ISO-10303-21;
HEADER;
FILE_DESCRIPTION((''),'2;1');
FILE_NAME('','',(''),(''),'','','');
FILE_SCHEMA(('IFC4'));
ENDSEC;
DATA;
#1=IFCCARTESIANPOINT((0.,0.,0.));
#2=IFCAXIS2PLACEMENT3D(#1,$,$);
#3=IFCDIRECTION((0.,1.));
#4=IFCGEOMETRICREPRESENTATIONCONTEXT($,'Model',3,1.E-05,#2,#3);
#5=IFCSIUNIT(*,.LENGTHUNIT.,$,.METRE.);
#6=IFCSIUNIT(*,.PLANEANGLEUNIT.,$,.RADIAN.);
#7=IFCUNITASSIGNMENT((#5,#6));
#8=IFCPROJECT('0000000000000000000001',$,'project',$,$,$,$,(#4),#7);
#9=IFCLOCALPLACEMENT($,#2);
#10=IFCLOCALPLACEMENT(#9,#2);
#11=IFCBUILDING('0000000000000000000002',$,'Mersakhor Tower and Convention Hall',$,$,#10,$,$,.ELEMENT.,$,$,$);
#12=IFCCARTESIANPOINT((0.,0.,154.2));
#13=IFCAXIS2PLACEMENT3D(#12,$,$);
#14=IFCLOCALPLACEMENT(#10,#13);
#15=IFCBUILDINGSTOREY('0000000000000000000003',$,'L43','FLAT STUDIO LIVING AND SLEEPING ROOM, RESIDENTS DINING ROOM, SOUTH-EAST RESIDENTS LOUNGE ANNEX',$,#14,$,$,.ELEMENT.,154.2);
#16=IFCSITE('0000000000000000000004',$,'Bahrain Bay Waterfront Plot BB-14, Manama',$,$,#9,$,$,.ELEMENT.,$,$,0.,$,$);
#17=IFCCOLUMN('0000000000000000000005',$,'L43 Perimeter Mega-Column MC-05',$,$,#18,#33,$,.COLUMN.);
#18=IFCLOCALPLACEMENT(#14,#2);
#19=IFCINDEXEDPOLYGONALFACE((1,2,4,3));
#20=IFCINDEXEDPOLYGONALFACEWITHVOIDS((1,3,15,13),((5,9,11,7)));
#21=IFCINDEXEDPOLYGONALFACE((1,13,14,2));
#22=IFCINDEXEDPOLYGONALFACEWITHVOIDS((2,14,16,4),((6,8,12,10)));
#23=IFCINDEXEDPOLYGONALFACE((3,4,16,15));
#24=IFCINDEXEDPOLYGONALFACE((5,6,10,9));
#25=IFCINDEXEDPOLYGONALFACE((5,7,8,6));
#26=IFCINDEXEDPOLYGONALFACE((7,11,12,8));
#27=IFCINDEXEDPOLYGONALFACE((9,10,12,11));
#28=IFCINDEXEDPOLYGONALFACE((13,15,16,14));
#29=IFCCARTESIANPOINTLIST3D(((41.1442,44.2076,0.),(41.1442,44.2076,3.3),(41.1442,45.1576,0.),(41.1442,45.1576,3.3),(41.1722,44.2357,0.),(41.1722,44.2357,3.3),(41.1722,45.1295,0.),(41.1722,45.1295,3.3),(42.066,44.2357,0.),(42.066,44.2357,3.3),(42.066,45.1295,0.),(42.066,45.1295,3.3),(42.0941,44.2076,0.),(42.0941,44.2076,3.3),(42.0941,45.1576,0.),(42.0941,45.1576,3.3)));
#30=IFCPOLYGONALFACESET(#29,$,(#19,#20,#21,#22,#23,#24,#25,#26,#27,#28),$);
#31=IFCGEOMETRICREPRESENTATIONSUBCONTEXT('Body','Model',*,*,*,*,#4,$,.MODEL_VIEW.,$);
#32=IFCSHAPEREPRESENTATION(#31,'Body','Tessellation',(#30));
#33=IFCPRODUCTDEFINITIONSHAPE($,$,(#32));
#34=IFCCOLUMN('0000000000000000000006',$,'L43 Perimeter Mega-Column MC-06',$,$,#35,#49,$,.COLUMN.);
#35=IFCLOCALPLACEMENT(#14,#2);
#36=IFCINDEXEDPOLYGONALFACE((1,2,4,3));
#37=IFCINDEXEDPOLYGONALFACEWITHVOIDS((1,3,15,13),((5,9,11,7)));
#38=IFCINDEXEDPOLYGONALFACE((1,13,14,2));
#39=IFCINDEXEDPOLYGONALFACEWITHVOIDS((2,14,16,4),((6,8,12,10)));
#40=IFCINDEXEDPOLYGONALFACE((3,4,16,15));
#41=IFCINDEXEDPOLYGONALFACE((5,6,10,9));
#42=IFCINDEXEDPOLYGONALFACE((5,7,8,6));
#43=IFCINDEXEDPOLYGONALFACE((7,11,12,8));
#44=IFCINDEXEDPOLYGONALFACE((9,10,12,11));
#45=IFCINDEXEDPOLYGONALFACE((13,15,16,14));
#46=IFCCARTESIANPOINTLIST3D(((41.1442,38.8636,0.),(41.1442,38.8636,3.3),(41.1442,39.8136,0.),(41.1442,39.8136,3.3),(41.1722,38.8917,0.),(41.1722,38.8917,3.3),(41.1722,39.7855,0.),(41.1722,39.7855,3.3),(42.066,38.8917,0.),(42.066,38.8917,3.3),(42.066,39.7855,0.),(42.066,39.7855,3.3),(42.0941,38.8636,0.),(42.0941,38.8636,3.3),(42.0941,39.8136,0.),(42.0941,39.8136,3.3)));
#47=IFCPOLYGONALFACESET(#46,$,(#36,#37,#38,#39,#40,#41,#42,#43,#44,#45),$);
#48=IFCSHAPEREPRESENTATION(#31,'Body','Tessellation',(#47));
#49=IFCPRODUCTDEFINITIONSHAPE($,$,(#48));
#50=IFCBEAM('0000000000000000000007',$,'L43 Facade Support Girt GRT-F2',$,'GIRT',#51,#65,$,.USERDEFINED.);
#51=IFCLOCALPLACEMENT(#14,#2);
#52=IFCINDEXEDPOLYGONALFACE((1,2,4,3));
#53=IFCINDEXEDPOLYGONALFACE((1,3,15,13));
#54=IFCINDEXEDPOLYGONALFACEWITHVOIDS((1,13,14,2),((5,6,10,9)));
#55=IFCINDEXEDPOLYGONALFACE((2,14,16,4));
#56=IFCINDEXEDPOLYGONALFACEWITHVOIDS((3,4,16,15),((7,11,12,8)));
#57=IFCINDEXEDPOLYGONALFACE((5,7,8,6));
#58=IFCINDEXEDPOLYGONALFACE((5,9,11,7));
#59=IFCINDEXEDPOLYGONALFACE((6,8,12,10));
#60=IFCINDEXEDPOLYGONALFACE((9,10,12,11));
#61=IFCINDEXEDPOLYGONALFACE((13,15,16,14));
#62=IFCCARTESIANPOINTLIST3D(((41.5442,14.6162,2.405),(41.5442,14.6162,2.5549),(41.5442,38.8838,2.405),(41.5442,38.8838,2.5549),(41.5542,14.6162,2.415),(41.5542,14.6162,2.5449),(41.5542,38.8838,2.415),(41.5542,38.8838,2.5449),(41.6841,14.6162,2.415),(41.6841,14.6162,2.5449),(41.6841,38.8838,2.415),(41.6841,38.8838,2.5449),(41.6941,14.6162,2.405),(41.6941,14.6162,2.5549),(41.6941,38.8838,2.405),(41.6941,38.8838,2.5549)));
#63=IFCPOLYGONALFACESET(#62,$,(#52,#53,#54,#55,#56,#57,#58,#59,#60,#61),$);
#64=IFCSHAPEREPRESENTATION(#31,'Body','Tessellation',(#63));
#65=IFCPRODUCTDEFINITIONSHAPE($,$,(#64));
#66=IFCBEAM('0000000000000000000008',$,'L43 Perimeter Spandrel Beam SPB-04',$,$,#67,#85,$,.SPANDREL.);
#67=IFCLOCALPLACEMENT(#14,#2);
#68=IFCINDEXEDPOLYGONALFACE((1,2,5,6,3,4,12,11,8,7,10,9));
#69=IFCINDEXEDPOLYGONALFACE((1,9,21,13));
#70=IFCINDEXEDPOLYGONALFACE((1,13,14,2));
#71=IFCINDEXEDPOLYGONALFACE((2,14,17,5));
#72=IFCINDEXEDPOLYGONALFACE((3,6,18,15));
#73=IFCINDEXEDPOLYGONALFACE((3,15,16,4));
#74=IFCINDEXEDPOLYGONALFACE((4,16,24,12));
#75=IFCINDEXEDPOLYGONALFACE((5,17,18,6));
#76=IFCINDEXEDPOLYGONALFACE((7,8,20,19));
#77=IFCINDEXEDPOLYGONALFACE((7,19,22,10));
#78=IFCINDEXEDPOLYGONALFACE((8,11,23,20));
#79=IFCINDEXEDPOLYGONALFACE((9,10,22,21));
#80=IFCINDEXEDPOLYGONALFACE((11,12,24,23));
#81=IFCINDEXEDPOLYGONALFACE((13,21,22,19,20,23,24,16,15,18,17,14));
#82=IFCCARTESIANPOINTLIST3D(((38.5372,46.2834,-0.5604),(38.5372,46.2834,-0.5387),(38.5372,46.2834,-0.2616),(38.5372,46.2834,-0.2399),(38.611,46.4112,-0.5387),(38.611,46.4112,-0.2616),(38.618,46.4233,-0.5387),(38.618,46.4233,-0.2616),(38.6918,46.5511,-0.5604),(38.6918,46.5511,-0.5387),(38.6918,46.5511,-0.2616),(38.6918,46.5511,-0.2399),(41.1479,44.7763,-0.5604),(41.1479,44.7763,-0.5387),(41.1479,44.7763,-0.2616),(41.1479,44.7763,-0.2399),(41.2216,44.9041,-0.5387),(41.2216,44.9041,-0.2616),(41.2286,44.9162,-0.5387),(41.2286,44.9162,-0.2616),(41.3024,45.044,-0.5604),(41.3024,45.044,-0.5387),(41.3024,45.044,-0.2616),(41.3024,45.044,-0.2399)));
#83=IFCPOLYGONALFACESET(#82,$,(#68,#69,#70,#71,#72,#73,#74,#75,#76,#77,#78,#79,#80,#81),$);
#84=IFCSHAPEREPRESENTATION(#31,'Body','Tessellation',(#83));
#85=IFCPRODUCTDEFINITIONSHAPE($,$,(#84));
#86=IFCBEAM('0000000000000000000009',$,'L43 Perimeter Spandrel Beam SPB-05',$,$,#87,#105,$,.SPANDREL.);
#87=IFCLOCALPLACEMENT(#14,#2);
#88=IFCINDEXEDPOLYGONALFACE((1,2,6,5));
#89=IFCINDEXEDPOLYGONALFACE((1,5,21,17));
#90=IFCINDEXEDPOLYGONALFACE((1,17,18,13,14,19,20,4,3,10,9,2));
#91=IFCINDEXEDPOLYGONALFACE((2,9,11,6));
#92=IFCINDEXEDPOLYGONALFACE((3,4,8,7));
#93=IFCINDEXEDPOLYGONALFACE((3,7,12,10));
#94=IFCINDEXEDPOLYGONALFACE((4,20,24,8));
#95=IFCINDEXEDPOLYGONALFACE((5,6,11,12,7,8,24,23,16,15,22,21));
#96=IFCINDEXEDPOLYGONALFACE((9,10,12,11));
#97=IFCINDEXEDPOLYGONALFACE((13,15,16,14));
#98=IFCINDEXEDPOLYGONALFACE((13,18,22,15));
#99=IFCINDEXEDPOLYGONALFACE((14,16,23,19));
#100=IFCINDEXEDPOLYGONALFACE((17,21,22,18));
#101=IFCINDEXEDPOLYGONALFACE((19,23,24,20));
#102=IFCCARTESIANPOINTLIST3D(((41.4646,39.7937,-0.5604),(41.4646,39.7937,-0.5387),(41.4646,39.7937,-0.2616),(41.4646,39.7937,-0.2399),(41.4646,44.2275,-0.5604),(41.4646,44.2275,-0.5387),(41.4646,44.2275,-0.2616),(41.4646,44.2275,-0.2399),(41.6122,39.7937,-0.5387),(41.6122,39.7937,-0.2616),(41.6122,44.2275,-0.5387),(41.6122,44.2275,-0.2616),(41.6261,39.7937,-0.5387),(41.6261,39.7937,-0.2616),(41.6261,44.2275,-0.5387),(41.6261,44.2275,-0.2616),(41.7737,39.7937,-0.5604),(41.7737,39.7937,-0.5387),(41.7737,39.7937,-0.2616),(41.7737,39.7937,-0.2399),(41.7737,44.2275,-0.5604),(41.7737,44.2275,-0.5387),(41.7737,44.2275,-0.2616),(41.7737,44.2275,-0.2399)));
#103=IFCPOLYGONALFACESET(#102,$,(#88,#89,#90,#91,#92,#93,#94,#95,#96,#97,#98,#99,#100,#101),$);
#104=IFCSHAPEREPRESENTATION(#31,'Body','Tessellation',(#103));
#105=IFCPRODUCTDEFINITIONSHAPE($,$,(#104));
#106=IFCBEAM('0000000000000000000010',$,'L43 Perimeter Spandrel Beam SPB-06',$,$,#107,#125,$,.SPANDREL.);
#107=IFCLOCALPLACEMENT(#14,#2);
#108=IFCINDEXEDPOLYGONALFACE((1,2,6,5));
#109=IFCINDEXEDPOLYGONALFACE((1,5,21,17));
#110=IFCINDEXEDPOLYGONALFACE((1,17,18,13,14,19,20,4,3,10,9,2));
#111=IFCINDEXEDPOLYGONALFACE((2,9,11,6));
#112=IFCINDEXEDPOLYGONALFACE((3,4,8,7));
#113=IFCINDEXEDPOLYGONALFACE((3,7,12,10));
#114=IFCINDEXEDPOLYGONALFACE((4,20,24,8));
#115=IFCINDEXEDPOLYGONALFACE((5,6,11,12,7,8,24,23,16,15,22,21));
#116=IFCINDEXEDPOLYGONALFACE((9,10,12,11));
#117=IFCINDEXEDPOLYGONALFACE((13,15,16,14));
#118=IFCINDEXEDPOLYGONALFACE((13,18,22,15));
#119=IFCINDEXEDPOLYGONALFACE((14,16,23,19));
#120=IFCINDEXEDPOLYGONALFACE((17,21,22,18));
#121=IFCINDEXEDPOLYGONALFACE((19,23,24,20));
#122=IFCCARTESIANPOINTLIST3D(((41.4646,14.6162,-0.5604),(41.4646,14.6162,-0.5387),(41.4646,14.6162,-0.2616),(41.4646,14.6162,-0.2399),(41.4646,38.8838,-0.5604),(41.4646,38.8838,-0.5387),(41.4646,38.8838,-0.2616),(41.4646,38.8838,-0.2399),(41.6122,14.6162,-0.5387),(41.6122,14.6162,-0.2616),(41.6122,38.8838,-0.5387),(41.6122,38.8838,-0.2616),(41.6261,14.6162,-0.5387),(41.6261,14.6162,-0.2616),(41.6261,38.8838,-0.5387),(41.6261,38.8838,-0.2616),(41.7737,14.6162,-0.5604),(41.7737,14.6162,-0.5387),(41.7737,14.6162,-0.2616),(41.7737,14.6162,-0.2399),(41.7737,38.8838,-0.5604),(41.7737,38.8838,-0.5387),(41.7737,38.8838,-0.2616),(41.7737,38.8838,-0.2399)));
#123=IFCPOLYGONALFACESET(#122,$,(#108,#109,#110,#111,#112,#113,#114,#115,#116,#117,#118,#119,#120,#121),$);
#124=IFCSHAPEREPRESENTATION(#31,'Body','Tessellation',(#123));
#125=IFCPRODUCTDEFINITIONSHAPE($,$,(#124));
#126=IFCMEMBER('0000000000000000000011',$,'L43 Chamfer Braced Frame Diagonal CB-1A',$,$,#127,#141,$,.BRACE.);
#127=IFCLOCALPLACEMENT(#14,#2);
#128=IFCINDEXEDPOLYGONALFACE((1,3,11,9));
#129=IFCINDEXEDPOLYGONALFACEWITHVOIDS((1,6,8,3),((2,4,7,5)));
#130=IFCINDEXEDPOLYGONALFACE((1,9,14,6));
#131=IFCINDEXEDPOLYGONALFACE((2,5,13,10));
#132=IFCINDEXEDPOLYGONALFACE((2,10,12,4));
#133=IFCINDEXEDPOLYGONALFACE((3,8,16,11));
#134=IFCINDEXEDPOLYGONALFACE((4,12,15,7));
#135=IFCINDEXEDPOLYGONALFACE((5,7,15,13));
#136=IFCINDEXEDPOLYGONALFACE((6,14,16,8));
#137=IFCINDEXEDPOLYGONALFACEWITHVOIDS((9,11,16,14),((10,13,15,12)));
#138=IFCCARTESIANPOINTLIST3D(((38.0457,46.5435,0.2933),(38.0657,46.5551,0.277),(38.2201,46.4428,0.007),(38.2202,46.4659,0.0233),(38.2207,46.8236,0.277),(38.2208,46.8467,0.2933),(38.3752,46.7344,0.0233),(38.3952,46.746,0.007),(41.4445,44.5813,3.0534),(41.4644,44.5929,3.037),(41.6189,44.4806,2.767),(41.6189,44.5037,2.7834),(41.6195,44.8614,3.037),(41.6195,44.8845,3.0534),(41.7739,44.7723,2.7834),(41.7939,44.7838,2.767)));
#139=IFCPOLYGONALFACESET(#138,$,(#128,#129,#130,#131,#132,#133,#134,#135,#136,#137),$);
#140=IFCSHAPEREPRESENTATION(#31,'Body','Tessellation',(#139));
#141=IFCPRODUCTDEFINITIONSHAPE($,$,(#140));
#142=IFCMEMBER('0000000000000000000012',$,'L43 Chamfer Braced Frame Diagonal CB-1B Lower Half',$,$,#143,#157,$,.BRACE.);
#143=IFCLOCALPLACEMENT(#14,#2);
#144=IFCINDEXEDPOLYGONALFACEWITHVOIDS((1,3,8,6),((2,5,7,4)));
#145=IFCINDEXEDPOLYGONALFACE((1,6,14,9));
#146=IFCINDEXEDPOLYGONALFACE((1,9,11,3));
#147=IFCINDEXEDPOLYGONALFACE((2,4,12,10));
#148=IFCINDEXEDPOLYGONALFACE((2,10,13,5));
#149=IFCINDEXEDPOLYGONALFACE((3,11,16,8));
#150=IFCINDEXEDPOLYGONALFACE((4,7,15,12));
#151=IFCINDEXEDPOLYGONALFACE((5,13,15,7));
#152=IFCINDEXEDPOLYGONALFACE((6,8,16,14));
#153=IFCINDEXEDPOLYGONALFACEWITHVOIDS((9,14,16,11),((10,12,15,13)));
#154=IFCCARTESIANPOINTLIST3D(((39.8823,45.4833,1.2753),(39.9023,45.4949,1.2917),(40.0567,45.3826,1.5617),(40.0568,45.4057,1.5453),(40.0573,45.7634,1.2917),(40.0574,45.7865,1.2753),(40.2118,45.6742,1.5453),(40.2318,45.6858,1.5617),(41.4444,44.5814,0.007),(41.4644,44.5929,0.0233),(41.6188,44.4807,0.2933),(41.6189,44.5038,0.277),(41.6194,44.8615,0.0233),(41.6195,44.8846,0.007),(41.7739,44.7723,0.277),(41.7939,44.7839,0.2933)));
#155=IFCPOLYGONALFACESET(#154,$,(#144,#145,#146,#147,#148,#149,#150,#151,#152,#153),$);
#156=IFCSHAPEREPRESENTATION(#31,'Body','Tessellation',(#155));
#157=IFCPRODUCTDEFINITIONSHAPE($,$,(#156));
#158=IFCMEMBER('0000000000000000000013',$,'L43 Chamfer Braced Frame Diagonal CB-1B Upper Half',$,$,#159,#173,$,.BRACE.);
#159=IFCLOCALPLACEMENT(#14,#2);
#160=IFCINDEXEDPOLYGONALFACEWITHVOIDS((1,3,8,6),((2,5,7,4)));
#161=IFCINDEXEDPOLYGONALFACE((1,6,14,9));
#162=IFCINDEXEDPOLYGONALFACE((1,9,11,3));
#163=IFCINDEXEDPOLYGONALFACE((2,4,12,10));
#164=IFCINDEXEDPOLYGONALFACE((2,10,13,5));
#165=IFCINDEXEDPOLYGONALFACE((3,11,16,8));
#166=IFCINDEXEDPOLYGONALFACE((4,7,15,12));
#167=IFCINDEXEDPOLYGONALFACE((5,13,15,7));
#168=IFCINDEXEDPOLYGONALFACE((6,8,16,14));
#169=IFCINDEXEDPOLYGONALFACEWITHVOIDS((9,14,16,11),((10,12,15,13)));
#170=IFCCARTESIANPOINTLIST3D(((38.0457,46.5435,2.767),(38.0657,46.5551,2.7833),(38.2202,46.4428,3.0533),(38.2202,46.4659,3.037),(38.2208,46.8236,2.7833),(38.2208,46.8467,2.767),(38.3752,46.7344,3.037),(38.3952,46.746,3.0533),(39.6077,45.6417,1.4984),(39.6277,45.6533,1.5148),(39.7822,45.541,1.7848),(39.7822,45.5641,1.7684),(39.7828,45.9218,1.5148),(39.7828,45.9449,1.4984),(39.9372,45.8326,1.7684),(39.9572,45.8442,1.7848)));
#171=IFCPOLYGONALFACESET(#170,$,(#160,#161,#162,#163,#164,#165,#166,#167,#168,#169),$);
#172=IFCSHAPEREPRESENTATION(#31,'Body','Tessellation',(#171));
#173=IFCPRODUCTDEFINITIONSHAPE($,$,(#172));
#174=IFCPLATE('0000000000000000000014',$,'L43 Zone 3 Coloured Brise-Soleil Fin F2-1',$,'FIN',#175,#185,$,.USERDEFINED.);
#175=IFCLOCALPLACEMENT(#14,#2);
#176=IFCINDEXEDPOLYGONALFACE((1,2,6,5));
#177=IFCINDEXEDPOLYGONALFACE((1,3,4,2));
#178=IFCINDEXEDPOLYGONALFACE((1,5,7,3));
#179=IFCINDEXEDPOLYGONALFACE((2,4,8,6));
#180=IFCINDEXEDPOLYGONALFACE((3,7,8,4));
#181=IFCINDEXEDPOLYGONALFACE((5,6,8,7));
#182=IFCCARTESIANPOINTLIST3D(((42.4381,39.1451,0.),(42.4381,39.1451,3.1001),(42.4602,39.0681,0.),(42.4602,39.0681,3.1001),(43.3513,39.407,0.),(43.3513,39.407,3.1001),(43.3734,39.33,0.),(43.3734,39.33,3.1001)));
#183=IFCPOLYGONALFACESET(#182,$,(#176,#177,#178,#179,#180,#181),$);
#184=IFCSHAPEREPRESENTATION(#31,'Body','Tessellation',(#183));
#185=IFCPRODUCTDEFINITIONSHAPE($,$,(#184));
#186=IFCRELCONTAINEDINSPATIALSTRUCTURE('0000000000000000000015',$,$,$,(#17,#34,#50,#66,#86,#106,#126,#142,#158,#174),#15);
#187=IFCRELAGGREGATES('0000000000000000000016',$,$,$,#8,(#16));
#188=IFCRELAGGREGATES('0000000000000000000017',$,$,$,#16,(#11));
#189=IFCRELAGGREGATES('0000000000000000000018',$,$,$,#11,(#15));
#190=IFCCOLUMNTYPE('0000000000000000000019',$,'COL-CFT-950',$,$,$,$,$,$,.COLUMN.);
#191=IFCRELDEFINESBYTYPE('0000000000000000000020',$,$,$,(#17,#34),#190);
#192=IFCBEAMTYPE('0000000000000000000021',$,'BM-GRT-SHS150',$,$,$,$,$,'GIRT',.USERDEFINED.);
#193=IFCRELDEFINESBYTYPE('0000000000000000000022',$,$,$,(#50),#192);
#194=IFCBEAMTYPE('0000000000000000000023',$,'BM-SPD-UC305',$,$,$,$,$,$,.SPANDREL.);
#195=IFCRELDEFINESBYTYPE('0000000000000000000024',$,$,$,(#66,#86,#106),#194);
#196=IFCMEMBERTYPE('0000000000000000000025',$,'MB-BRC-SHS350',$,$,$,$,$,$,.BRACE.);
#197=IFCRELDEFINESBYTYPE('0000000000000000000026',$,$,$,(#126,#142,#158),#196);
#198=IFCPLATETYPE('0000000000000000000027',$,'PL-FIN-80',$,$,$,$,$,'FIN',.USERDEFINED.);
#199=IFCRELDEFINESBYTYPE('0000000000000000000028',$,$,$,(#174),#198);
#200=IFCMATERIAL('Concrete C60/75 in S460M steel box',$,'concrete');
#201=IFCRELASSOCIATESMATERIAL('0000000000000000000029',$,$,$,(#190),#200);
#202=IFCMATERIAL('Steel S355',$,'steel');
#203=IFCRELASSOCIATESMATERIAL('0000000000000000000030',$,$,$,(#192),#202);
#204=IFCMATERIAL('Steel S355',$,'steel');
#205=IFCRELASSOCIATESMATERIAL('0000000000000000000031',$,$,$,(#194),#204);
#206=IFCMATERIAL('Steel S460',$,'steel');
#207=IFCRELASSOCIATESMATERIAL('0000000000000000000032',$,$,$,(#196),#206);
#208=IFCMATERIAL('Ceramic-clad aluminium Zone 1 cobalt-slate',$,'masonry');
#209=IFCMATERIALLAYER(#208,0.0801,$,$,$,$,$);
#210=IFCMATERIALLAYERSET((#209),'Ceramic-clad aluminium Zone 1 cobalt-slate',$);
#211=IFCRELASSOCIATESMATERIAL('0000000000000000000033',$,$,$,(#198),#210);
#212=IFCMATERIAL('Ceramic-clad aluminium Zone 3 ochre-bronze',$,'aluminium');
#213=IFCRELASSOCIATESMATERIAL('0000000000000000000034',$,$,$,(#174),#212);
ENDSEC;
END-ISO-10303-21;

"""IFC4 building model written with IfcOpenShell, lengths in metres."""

from ifc_helpers import new_model, si_unit, direction, frame, origin, origin_2d, place, context, subcontext, project, spatial, rectangle, hollow_rectangle, i_section, extrude, material, layer, layer_set, material_profile, profile_set, type_object, element, save


model = new_model("IFC4")

# Units and contexts
model_context = context("Model", 3, precision=1e-05, world=origin(), true_north=direction((0.0, 1.0)))
body_context = subcontext(model_context, "Body", "Model", "MODEL_VIEW")
ifc_project = project(units=[si_unit("LENGTHUNIT", "METRE"), si_unit("PLANEANGLEUNIT", "RADIAN")], contexts=[model_context])

# Site, building, storey
site_placement = place(None, origin())
site = spatial("IfcSite", under=ifc_project, at=site_placement, Name="Bahrain Bay Waterfront Plot BB-14, Manama", CompositionType="ELEMENT", RefElevation=0.0)
building_placement = place(site_placement, origin())
building = spatial("IfcBuilding", under=site, at=building_placement, Name="Mersakhor Tower and Convention Hall", CompositionType="ELEMENT")
storey_placement = place(building_placement, frame((0.0, 0.0, 154.2)))
storey = spatial("IfcBuildingStorey", under=building, at=storey_placement, Name="L43", Description="FLAT STUDIO LIVING AND SLEEPING ROOM, RESIDENTS DINING ROOM, SOUTH-EAST RESIDENTS LOUNGE ANNEX", CompositionType="ELEMENT", Elevation=154.2)

# Columns
ifc_material_1 = material(Name="Concrete C60/75 in S460M steel box", Category="concrete")
ifc_material_profile_1 = material_profile(ifc_material_1, hollow_rectangle(XDim=0.95, YDim=0.95, WallThickness=0.0281, at=origin_2d()), Name="SHS 950x950x28")
ifc_profile_set_1 = profile_set([ifc_material_profile_1], Name="Concrete C60/75 in S460M steel box")
column_type = type_object("IfcColumnType", Name="COL-CFT-950", PredefinedType="COLUMN", material=ifc_profile_set_1)
for number, where, z_axis, x_axis, name in (
    (1, (41.6191, 44.6826, 0.0), (0.0, 0.0, 1.0), (1.0, 0.0, 0.0), "L43 Perimeter Mega-Column MC-05"),
    (2, (41.6191, 39.3386, 0.0), (0.0, 0.0, 1.0), (1.0, 0.0, 0.0), "L43 Perimeter Mega-Column MC-06"),
):
    element("IfcColumn", number, at=place(storey_placement, frame(where, z_axis=z_axis, x_axis=x_axis)), inside=storey, type_object=column_type, Name=name, PredefinedType="COLUMN", context=body_context, shape_type="SweptSolid", body=[
        extrude(hollow_rectangle(XDim=0.95, YDim=0.95, WallThickness=0.0281, at=origin_2d()), origin(), (0.0, 0.0, 1.0), 3.3),
    ])

# Beams
ifc_material_2 = material(Name="Steel S355", Category="steel")
ifc_material_profile_2 = material_profile(ifc_material_2, hollow_rectangle(XDim=0.1499, YDim=0.1499, WallThickness=0.01, at=origin_2d()), Name="SHS 150x150x10")
ifc_profile_set_2 = profile_set([ifc_material_profile_2], Name="Steel S355")
beam_type_1 = type_object("IfcBeamType", Name="BM-GRT-SHS150", ElementType="GIRT", PredefinedType="USERDEFINED", material=ifc_profile_set_2)
beam_1_placement = place(storey_placement, frame((41.6191, 38.8838, 2.48), z_axis=(0.0, -1.0, 0.0), x_axis=(1.0, 0.0, 0.0)))
element("IfcBeam", 3, at=beam_1_placement, inside=storey, type_object=beam_type_1, Name="L43 Facade Support Girt GRT-F2", ObjectType="GIRT", PredefinedType="USERDEFINED", context=body_context, shape_type="SweptSolid", body=[
    extrude(hollow_rectangle(XDim=0.1499, YDim=0.1499, WallThickness=0.01, at=origin_2d()), origin(), (0.0, 0.0, 1.0), 24.2676),
])
ifc_material_3 = material(Name="Steel S355", Category="steel")
ifc_material_profile_3 = material_profile(ifc_material_3, i_section(OverallWidth=0.3091, OverallDepth=0.3206, WebThickness=0.0139, FlangeThickness=0.0217, at=origin_2d()), Name="UC 305x305x137")
ifc_profile_set_3 = profile_set([ifc_material_profile_3], Name="Steel S355")
beam_type_2 = type_object("IfcBeamType", Name="BM-SPD-UC305", PredefinedType="SPANDREL", material=ifc_profile_set_3)
beam_2_placement = place(storey_placement, frame((38.6145, 46.4172, -0.4001), z_axis=(0.866047, -0.499963, 0.0), x_axis=(0.499963, 0.866047, 0.0)))
element("IfcBeam", 4, at=beam_2_placement, inside=storey, type_object=beam_type_2, Name="L43 Perimeter Spandrel Beam SPB-04", PredefinedType="SPANDREL", context=body_context, shape_type="SweptSolid", body=[
    extrude(i_section(OverallWidth=0.3091, OverallDepth=0.3206, WebThickness=0.0139, FlangeThickness=0.0217, at=origin_2d()), origin(), (0.0, 0.0, 1.0), 3.0144),
])
beam_3_placement = place(storey_placement, frame((41.6191, 44.2275, -0.4001), z_axis=(0.0, -1.0, 0.0), x_axis=(1.0, 0.0, 0.0)))
element("IfcBeam", 5, at=beam_3_placement, inside=storey, type_object=beam_type_2, Name="L43 Perimeter Spandrel Beam SPB-05", PredefinedType="SPANDREL", context=body_context, shape_type="SweptSolid", body=[
    extrude(i_section(OverallWidth=0.3091, OverallDepth=0.3206, WebThickness=0.0139, FlangeThickness=0.0217, at=origin_2d()), origin(), (0.0, 0.0, 1.0), 4.4338),
])
beam_4_placement = place(storey_placement, frame((41.6191, 38.8838, -0.4001), z_axis=(0.0, -1.0, 0.0), x_axis=(1.0, 0.0, 0.0)))
element("IfcBeam", 6, at=beam_4_placement, inside=storey, type_object=beam_type_2, Name="L43 Perimeter Spandrel Beam SPB-06", PredefinedType="SPANDREL", context=body_context, shape_type="SweptSolid", body=[
    extrude(i_section(OverallWidth=0.3091, OverallDepth=0.3206, WebThickness=0.0139, FlangeThickness=0.0217, at=origin_2d()), origin(), (0.0, 0.0, 1.0), 24.2676),
])

# Members
ifc_material_4 = material(Name="Steel S460", Category="steel")
ifc_material_profile_4 = material_profile(ifc_material_4, hollow_rectangle(XDim=0.3501, YDim=0.3501, WallThickness=0.02, at=origin_2d()), Name="SHS 350x350x20")
ifc_profile_set_4 = profile_set([ifc_material_profile_4], Name="Steel S460")
member_type = type_object("IfcMemberType", Name="MB-BRC-SHS350", PredefinedType="BRACE", material=ifc_profile_set_4)
member_placement = place(storey_placement, frame((38.2205, 46.6448, 0.1501), z_axis=(0.708385, -0.408972, 0.575267), x_axis=(0.499986, 0.866033, 0.0)))
element("IfcMember", 7, at=member_placement, inside=storey, type_object=member_type, Name="L43 Chamfer Braced Frame Diagonal CB-1A", PredefinedType="BRACE", context=body_context, shape_type="SweptSolid", body=[
    extrude(hollow_rectangle(XDim=0.3501, YDim=0.3501, WallThickness=0.02, at=origin_2d()), origin(), (0.0, 0.0, 1.0), 4.7979),
])
for number, where, z_axis, x_axis, name in (
    (8, (41.6191, 44.6826, 0.1501), (-0.708409, 0.409013, 0.575209), (-0.500011, -0.866019, 0.0), "L43 Chamfer Braced Frame Diagonal CB-1B Lower Half"),
    (9, (39.7825, 45.7429, 1.6416), (-0.708364, 0.408987, 0.575283), (-0.500011, -0.866019, 0.0), "L43 Chamfer Braced Frame Diagonal CB-1B Upper Half"),
):
    element("IfcMember", number, at=place(storey_placement, frame(where, z_axis=z_axis, x_axis=x_axis)), inside=storey, type_object=member_type, Name=name, PredefinedType="BRACE", context=body_context, shape_type="SweptSolid", body=[
        extrude(hollow_rectangle(XDim=0.3501, YDim=0.3501, WallThickness=0.02, at=origin_2d()), origin(), (0.0, 0.0, 1.0), 2.2051),
    ])

# Plate
ifc_material_5 = material(Name="Ceramic-clad aluminium Zone 3 ochre-bronze", Category="aluminium")
ifc_material_6 = material(Name="Ceramic-clad aluminium Zone 1 cobalt-slate", Category="masonry")
ifc_layer_1 = layer(ifc_material_6, 0.0801)
ifc_layer_set_1 = layer_set([ifc_layer_1], Name="Ceramic-clad aluminium Zone 1 cobalt-slate")
plate_type_1 = type_object("IfcPlateType", Name="PL-FIN-80", ElementType="FIN", PredefinedType="USERDEFINED", material=ifc_layer_set_1)
plate_1_placement = place(storey_placement, frame((42.9058, 39.2375, 0.0), z_axis=(0.0, 0.0, 1.0), x_axis=(0.961262, 0.275637, 0.0)))
element("IfcPlate", 10, at=plate_1_placement, inside=storey, type_object=plate_type_1, material=ifc_material_5, Name="L43 Zone 3 Coloured Brise-Soleil Fin F2-1", ObjectType="FIN", PredefinedType="USERDEFINED", context=body_context, shape_type="SweptSolid", body=[
    extrude(rectangle(XDim=0.95, YDim=0.0801, at=origin_2d()), origin(), (0.0, 0.0, 1.0), 3.1001),
])

save(model, "model.ifc")
